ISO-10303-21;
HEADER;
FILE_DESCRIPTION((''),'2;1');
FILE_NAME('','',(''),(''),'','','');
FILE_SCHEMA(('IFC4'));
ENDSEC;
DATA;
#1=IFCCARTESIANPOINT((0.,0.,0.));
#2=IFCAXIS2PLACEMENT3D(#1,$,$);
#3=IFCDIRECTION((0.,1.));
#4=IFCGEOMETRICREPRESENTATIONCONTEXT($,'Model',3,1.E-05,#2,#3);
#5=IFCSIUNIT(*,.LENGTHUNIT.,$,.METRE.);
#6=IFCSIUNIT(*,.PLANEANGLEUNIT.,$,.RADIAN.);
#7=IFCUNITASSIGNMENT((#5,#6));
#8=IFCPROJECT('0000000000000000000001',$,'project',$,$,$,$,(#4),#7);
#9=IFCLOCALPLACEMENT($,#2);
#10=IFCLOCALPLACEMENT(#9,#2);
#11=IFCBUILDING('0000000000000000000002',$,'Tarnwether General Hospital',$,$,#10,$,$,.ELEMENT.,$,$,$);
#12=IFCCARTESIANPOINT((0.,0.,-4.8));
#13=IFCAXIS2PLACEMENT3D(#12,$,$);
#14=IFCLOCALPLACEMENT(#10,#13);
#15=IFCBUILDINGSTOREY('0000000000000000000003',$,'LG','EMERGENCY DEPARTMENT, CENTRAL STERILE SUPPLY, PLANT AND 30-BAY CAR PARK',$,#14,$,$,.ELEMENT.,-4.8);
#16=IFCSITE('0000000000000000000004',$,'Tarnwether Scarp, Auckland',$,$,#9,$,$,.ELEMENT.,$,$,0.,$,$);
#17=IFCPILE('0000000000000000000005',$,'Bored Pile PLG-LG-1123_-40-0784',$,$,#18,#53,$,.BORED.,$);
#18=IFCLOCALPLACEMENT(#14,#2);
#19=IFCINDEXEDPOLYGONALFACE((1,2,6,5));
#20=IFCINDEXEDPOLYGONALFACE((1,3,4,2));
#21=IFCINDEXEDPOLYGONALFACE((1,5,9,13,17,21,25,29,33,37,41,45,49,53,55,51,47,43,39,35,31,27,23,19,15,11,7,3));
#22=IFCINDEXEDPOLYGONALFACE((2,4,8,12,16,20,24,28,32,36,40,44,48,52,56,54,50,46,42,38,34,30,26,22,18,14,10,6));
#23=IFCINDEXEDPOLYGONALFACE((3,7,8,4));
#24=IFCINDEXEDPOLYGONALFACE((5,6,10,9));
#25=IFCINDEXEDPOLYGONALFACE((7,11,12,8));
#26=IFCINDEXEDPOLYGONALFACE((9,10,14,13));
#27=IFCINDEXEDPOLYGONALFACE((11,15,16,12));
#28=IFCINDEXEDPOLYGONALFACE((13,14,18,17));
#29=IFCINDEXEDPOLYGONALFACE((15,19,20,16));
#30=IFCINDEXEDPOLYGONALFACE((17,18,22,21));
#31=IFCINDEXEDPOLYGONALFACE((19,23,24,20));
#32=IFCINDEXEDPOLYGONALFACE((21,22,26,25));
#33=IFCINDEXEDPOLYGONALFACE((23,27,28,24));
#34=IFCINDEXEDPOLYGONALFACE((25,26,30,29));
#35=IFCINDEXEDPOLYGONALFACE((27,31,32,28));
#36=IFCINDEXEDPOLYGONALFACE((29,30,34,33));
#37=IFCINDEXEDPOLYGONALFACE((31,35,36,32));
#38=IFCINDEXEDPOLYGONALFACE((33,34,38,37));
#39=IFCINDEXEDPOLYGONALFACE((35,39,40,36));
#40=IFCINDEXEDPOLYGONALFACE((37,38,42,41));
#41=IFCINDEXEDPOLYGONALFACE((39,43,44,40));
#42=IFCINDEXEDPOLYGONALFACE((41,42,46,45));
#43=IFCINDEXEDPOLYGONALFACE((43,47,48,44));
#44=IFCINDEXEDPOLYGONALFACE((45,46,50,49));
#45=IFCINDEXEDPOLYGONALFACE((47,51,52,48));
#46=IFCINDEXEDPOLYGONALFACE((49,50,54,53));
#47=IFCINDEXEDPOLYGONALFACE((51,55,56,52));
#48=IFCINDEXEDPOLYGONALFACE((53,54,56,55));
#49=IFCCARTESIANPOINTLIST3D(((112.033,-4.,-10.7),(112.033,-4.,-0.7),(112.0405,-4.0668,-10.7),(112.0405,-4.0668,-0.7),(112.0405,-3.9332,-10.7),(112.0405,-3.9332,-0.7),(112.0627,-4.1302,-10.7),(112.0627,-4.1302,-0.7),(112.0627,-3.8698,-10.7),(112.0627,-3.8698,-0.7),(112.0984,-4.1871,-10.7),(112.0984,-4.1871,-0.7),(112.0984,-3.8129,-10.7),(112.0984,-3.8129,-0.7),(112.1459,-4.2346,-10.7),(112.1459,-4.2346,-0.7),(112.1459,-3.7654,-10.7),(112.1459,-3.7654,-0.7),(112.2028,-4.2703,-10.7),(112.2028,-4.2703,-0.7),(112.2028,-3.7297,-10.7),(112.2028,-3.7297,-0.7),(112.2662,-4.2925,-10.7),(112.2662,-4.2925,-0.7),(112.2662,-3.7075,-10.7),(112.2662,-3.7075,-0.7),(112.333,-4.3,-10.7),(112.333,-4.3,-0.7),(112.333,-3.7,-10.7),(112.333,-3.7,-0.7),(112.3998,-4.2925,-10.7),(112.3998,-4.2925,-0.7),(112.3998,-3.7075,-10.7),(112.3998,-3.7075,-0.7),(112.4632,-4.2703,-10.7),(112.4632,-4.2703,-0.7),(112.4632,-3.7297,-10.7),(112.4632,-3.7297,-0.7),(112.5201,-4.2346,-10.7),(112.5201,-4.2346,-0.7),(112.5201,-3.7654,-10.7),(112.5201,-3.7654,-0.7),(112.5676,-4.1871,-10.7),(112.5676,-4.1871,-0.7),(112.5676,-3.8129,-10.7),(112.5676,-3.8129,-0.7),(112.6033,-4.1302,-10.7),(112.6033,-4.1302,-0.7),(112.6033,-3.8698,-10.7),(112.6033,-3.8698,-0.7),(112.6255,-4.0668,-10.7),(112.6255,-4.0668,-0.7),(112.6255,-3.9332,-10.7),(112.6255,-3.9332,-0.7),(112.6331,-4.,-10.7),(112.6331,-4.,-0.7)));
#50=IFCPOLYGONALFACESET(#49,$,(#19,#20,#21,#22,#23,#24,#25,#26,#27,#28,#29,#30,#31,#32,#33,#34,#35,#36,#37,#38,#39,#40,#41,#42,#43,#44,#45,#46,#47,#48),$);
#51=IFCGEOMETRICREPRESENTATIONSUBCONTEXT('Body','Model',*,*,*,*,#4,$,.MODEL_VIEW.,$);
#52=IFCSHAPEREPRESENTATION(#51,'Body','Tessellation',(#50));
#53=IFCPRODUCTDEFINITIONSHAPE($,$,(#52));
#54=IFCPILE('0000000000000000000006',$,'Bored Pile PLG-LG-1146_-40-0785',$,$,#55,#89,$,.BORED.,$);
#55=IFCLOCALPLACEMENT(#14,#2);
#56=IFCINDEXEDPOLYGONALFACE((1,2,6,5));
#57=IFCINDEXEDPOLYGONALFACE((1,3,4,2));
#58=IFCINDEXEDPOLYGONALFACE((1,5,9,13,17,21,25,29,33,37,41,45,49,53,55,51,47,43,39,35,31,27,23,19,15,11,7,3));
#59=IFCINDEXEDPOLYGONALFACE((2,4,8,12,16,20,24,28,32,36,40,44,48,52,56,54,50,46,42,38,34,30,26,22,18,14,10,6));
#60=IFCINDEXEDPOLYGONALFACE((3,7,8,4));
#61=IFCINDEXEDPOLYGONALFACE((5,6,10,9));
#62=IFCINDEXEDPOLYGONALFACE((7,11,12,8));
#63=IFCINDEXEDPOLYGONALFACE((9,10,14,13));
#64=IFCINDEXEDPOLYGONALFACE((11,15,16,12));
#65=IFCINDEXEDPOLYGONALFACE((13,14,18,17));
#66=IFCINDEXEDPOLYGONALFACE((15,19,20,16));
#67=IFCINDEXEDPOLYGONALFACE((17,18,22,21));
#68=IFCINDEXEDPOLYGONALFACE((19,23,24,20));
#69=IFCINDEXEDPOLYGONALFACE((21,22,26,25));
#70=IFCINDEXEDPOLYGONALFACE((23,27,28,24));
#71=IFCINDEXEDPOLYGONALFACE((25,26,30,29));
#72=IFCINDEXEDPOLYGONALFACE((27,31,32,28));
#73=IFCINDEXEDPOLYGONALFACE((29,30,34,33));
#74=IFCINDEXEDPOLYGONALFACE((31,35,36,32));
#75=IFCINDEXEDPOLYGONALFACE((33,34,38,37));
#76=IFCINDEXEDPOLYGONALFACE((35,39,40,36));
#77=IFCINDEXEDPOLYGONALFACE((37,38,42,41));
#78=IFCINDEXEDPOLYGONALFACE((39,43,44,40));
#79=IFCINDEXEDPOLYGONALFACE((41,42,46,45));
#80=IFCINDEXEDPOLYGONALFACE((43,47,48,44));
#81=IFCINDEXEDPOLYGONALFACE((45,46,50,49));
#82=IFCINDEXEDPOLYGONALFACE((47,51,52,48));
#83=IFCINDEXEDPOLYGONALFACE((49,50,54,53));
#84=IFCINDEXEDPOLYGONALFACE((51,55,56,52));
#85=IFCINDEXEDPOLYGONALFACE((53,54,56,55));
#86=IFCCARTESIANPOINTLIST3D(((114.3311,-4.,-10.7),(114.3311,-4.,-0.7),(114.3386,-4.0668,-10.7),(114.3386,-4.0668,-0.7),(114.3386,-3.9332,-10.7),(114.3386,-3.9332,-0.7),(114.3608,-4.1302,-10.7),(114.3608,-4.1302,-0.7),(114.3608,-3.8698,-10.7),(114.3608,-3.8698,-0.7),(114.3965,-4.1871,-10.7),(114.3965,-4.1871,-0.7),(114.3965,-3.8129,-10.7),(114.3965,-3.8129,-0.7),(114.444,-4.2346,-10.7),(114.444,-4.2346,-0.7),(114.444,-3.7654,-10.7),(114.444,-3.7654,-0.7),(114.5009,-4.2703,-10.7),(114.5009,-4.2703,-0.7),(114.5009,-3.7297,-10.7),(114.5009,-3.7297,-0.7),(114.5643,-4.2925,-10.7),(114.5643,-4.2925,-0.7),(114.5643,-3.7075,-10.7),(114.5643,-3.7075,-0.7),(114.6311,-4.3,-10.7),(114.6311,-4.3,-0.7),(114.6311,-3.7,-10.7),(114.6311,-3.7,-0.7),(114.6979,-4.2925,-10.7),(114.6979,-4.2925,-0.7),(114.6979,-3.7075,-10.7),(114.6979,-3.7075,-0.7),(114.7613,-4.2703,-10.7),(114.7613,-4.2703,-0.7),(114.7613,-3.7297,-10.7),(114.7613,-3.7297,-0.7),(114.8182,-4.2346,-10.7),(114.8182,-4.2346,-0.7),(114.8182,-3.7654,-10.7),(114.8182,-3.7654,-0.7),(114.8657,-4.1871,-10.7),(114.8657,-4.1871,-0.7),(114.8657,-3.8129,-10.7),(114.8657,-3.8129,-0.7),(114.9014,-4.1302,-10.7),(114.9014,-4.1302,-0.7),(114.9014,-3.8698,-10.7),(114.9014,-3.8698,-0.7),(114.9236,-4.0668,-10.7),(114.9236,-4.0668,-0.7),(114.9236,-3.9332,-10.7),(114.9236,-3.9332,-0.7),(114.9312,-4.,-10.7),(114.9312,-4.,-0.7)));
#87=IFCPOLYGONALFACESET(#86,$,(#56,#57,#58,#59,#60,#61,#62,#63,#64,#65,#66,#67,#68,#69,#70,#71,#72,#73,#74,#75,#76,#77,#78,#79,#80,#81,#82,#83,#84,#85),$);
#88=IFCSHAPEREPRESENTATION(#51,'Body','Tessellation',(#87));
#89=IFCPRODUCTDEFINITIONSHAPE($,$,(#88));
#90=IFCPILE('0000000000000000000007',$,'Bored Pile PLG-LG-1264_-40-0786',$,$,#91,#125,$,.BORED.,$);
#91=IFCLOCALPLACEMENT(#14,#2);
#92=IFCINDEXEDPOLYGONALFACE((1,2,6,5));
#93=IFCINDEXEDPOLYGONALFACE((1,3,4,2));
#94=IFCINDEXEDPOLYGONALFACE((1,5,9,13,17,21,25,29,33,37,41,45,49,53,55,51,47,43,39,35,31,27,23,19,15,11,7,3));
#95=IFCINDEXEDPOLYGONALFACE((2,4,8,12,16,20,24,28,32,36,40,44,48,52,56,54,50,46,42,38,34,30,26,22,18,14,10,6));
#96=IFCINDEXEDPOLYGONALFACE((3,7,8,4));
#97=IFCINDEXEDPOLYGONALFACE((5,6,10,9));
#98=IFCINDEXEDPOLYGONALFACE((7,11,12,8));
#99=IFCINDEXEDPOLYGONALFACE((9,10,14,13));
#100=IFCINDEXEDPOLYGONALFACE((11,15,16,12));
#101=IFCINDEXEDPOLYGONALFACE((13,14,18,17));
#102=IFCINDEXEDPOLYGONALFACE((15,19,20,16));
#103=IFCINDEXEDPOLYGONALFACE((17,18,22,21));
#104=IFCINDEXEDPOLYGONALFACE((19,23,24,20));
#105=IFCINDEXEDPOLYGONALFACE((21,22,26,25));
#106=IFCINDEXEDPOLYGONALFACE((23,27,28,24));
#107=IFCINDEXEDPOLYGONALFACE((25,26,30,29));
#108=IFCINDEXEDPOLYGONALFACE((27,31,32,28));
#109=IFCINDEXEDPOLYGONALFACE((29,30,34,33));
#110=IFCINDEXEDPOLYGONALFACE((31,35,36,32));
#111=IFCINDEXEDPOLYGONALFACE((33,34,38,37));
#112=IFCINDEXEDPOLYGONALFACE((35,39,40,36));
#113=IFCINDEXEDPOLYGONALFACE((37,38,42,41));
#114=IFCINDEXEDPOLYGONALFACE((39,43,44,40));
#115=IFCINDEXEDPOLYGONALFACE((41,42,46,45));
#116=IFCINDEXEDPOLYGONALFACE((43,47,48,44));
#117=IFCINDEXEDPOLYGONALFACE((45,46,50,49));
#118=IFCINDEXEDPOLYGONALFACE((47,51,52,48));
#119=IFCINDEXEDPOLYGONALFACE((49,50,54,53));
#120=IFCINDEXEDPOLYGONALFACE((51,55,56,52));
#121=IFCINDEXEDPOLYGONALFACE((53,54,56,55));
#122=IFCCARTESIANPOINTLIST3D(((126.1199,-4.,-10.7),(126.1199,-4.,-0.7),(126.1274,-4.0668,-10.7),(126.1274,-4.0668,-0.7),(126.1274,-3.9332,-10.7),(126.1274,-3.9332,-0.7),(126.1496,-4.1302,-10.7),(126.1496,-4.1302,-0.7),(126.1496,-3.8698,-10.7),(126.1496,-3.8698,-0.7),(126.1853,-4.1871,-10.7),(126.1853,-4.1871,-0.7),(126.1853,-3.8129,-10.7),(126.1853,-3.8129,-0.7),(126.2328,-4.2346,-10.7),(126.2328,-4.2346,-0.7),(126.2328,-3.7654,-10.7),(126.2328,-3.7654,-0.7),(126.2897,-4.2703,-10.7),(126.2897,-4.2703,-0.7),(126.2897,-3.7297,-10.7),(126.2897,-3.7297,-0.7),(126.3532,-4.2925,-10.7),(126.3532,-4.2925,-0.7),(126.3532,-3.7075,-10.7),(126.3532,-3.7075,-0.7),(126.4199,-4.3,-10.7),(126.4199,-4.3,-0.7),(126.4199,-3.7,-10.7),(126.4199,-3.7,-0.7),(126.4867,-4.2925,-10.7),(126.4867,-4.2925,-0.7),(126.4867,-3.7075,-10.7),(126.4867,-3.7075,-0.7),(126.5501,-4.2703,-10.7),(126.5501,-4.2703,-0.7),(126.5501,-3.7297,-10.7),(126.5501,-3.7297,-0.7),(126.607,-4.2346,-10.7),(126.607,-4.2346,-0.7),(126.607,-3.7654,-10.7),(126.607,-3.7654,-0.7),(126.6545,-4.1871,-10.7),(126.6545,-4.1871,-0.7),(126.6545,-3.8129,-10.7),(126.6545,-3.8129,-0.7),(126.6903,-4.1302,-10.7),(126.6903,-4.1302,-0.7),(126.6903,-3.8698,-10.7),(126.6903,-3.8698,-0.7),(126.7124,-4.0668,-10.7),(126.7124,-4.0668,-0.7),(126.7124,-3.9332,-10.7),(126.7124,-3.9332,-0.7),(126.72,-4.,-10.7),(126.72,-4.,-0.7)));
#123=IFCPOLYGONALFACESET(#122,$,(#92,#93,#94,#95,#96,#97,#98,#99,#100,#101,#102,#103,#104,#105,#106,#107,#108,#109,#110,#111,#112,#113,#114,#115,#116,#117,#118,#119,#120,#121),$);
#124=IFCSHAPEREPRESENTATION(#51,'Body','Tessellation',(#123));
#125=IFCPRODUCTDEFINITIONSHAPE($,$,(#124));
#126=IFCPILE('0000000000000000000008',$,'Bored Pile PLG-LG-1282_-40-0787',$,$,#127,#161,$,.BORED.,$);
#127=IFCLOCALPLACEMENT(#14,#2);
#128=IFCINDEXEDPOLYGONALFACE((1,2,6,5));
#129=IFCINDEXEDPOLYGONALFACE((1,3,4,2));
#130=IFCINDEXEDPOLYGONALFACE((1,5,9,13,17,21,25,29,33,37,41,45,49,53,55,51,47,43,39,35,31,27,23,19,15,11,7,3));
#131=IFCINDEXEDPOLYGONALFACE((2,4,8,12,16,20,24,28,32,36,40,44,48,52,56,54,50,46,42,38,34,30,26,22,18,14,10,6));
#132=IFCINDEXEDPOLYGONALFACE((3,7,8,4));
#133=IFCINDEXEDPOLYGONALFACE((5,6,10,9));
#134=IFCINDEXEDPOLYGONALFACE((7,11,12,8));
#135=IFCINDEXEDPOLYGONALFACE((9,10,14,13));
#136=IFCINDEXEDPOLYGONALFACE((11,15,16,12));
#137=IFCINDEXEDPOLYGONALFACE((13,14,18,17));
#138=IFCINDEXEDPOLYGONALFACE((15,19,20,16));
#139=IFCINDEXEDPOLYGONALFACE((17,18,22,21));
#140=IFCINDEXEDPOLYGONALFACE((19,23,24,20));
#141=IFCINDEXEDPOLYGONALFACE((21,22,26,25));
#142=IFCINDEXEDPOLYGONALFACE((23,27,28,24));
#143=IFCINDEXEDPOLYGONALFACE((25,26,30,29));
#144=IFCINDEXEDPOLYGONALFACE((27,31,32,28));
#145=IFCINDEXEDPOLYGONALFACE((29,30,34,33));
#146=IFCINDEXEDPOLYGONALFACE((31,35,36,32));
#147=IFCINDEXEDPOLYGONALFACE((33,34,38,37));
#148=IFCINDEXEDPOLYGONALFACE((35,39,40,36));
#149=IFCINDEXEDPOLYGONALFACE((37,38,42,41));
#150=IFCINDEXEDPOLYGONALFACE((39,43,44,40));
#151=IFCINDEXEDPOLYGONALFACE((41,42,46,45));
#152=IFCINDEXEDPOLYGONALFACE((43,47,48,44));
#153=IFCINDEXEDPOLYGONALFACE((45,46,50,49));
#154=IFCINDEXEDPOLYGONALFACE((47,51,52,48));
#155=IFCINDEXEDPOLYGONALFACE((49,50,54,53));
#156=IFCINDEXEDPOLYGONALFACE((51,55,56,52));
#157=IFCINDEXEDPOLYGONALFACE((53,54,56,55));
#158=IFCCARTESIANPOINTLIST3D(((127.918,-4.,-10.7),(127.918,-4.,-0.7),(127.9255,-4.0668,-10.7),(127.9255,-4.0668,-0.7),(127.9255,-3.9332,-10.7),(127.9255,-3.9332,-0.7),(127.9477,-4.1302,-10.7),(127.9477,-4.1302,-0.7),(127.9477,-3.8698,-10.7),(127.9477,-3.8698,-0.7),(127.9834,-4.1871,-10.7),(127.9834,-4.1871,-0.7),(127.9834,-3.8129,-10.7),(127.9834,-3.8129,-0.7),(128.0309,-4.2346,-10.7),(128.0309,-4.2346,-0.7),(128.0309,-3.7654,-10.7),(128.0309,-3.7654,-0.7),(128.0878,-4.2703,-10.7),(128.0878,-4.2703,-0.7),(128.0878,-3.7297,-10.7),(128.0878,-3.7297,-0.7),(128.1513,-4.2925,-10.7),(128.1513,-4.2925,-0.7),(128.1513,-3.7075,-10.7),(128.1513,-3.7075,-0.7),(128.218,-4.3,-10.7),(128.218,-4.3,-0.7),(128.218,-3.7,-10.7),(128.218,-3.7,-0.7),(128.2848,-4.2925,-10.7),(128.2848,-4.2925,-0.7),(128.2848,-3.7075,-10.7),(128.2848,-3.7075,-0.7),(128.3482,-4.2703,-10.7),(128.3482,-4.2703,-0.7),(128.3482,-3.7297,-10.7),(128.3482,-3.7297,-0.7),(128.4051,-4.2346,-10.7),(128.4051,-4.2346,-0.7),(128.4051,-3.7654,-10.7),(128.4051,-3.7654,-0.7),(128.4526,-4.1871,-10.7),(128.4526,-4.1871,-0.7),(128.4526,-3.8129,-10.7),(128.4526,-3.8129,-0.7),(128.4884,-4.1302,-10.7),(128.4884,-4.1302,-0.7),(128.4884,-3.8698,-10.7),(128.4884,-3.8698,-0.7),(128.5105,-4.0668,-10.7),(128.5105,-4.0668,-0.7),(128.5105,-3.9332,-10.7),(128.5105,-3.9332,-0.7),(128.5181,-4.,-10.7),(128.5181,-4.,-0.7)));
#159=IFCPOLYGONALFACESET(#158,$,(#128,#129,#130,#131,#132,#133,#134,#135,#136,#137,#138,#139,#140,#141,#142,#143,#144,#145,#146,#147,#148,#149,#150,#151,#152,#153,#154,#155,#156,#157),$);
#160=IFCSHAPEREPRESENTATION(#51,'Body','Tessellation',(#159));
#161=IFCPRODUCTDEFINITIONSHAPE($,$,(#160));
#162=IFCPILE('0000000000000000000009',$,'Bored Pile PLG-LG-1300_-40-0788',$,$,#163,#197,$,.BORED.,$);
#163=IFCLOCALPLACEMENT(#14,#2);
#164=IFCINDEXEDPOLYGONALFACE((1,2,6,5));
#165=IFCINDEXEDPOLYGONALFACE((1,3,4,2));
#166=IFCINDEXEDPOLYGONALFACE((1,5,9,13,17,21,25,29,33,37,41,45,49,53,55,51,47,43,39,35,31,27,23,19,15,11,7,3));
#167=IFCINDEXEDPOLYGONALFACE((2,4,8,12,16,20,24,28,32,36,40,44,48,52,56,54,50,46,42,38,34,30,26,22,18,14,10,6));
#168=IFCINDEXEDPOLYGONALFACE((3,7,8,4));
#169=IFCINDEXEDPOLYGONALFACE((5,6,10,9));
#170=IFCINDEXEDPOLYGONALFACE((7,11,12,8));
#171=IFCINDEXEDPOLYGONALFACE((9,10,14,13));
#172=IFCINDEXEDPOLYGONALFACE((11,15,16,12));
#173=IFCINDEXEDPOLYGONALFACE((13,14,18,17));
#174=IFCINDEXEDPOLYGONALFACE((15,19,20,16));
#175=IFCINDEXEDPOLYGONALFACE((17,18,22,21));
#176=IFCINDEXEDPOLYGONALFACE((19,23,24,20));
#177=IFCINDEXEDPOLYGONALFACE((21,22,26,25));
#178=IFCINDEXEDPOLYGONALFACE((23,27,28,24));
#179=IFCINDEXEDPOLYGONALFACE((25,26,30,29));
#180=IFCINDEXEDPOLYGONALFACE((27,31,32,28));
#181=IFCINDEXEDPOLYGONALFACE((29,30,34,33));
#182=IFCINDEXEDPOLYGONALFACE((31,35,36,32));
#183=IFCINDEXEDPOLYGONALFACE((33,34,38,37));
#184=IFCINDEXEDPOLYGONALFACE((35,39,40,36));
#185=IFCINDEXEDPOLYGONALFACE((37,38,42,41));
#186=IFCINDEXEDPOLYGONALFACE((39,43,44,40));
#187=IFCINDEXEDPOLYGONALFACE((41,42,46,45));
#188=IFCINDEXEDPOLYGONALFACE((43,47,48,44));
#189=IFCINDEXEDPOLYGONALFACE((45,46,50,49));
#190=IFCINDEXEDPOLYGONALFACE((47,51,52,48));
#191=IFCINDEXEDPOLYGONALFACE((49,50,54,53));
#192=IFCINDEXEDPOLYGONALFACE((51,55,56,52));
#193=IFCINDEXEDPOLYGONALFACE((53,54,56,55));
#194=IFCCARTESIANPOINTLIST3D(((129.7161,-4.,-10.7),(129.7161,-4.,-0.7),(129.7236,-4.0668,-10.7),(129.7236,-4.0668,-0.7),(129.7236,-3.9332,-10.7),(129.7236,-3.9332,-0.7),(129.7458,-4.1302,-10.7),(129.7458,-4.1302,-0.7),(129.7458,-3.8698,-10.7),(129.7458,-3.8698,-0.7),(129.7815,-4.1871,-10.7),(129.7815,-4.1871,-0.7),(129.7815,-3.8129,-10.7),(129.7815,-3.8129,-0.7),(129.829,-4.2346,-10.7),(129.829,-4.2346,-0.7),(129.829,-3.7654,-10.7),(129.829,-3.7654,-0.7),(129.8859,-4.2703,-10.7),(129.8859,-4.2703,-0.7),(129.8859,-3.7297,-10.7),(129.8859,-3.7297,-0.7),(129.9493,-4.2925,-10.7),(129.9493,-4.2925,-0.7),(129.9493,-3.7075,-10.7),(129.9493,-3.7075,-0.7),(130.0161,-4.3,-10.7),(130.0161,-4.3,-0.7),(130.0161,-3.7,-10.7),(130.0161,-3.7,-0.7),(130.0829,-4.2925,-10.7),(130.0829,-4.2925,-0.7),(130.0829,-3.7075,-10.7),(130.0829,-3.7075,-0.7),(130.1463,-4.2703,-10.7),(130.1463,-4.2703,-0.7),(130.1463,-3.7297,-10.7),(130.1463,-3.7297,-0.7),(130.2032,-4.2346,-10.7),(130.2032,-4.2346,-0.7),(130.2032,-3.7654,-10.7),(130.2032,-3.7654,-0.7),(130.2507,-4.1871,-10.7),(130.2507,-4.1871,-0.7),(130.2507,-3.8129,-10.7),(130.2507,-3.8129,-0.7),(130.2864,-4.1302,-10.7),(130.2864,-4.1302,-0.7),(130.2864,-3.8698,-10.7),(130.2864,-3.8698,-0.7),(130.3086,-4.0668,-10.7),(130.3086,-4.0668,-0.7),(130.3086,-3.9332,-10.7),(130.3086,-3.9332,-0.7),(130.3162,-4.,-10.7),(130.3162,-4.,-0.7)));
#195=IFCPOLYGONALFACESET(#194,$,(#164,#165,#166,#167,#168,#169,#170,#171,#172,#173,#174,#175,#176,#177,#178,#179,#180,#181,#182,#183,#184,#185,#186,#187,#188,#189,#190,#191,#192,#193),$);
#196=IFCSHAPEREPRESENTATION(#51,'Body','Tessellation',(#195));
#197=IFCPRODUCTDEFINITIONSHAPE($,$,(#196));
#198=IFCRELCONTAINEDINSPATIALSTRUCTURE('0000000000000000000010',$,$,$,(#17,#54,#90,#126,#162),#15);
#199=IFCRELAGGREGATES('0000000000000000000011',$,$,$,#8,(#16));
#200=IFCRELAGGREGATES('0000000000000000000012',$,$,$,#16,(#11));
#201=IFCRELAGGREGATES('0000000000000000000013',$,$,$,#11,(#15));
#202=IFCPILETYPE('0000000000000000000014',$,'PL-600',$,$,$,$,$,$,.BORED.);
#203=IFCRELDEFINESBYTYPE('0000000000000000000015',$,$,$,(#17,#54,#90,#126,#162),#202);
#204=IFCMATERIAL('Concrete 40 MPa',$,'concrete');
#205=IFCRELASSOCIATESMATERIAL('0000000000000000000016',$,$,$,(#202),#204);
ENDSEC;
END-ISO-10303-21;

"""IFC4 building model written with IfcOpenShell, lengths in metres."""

from ifc_helpers import new_model, si_unit, direction, frame, origin, origin_2d, place, context, subcontext, project, spatial, circle, extrude, material, material_profile, profile_set, type_object, element, save


model = new_model("IFC4")

# Units and contexts
model_context = context("Model", 3, precision=1e-05, world=origin(), true_north=direction((0.0, 1.0)))
body_context = subcontext(model_context, "Body", "Model", "MODEL_VIEW")
ifc_project = project(units=[si_unit("LENGTHUNIT", "METRE"), si_unit("PLANEANGLEUNIT", "RADIAN")], contexts=[model_context])

# Site, building, storey
site_placement = place(None, origin())
site = spatial("IfcSite", under=ifc_project, at=site_placement, Name="Tarnwether Scarp, Auckland", CompositionType="ELEMENT", RefElevation=0.0)
building_placement = place(site_placement, origin())
building = spatial("IfcBuilding", under=site, at=building_placement, Name="Tarnwether General Hospital", CompositionType="ELEMENT")
storey_placement = place(building_placement, frame((0.0, 0.0, -4.8)))
storey = spatial("IfcBuildingStorey", under=building, at=storey_placement, Name="LG", Description="EMERGENCY DEPARTMENT, CENTRAL STERILE SUPPLY, PLANT AND 30-BAY CAR PARK", CompositionType="ELEMENT", Elevation=-4.8)

# Piles
ifc_material_1 = material(Name="Concrete 40 MPa", Category="concrete")
ifc_material_profile_1 = material_profile(ifc_material_1, circle(Radius=0.3, at=origin_2d()), Name="PILE-D600")
ifc_profile_set_1 = profile_set([ifc_material_profile_1], Name="Concrete 40 MPa")
pile_type_1 = type_object("IfcPileType", Name="PL-600", PredefinedType="BORED", material=ifc_profile_set_1)
for number, where, z_axis, x_axis, name in (
    (1, (112.333, -4.0, -0.7), (0.0, 0.0, -1.0), (1.0, 0.0, 0.0), "Bored Pile PLG-LG-1123_-40-0784"),
    (2, (114.6311, -4.0, -0.7), (0.0, 0.0, -1.0), (1.0, 0.0, 0.0), "Bored Pile PLG-LG-1146_-40-0785"),
    (3, (126.4199, -4.0, -0.7), (0.0, 0.0, -1.0), (1.0, 0.0, 0.0), "Bored Pile PLG-LG-1264_-40-0786"),
    (4, (128.218, -4.0, -0.7), (0.0, 0.0, -1.0), (1.0, 0.0, 0.0), "Bored Pile PLG-LG-1282_-40-0787"),
    (5, (130.0161, -4.0, -0.7), (0.0, 0.0, -1.0), (1.0, 0.0, 0.0), "Bored Pile PLG-LG-1300_-40-0788"),
):
    element("IfcPile", number, at=place(storey_placement, frame(where, z_axis=z_axis, x_axis=x_axis)), inside=storey, type_object=pile_type_1, Name=name, PredefinedType="BORED", context=body_context, shape_type="SweptSolid", body=[
        extrude(circle(Radius=0.3, at=origin_2d()), origin(), (0.0, 0.0, 1.0), 10.0),
    ])

save(model, "model.ifc")
